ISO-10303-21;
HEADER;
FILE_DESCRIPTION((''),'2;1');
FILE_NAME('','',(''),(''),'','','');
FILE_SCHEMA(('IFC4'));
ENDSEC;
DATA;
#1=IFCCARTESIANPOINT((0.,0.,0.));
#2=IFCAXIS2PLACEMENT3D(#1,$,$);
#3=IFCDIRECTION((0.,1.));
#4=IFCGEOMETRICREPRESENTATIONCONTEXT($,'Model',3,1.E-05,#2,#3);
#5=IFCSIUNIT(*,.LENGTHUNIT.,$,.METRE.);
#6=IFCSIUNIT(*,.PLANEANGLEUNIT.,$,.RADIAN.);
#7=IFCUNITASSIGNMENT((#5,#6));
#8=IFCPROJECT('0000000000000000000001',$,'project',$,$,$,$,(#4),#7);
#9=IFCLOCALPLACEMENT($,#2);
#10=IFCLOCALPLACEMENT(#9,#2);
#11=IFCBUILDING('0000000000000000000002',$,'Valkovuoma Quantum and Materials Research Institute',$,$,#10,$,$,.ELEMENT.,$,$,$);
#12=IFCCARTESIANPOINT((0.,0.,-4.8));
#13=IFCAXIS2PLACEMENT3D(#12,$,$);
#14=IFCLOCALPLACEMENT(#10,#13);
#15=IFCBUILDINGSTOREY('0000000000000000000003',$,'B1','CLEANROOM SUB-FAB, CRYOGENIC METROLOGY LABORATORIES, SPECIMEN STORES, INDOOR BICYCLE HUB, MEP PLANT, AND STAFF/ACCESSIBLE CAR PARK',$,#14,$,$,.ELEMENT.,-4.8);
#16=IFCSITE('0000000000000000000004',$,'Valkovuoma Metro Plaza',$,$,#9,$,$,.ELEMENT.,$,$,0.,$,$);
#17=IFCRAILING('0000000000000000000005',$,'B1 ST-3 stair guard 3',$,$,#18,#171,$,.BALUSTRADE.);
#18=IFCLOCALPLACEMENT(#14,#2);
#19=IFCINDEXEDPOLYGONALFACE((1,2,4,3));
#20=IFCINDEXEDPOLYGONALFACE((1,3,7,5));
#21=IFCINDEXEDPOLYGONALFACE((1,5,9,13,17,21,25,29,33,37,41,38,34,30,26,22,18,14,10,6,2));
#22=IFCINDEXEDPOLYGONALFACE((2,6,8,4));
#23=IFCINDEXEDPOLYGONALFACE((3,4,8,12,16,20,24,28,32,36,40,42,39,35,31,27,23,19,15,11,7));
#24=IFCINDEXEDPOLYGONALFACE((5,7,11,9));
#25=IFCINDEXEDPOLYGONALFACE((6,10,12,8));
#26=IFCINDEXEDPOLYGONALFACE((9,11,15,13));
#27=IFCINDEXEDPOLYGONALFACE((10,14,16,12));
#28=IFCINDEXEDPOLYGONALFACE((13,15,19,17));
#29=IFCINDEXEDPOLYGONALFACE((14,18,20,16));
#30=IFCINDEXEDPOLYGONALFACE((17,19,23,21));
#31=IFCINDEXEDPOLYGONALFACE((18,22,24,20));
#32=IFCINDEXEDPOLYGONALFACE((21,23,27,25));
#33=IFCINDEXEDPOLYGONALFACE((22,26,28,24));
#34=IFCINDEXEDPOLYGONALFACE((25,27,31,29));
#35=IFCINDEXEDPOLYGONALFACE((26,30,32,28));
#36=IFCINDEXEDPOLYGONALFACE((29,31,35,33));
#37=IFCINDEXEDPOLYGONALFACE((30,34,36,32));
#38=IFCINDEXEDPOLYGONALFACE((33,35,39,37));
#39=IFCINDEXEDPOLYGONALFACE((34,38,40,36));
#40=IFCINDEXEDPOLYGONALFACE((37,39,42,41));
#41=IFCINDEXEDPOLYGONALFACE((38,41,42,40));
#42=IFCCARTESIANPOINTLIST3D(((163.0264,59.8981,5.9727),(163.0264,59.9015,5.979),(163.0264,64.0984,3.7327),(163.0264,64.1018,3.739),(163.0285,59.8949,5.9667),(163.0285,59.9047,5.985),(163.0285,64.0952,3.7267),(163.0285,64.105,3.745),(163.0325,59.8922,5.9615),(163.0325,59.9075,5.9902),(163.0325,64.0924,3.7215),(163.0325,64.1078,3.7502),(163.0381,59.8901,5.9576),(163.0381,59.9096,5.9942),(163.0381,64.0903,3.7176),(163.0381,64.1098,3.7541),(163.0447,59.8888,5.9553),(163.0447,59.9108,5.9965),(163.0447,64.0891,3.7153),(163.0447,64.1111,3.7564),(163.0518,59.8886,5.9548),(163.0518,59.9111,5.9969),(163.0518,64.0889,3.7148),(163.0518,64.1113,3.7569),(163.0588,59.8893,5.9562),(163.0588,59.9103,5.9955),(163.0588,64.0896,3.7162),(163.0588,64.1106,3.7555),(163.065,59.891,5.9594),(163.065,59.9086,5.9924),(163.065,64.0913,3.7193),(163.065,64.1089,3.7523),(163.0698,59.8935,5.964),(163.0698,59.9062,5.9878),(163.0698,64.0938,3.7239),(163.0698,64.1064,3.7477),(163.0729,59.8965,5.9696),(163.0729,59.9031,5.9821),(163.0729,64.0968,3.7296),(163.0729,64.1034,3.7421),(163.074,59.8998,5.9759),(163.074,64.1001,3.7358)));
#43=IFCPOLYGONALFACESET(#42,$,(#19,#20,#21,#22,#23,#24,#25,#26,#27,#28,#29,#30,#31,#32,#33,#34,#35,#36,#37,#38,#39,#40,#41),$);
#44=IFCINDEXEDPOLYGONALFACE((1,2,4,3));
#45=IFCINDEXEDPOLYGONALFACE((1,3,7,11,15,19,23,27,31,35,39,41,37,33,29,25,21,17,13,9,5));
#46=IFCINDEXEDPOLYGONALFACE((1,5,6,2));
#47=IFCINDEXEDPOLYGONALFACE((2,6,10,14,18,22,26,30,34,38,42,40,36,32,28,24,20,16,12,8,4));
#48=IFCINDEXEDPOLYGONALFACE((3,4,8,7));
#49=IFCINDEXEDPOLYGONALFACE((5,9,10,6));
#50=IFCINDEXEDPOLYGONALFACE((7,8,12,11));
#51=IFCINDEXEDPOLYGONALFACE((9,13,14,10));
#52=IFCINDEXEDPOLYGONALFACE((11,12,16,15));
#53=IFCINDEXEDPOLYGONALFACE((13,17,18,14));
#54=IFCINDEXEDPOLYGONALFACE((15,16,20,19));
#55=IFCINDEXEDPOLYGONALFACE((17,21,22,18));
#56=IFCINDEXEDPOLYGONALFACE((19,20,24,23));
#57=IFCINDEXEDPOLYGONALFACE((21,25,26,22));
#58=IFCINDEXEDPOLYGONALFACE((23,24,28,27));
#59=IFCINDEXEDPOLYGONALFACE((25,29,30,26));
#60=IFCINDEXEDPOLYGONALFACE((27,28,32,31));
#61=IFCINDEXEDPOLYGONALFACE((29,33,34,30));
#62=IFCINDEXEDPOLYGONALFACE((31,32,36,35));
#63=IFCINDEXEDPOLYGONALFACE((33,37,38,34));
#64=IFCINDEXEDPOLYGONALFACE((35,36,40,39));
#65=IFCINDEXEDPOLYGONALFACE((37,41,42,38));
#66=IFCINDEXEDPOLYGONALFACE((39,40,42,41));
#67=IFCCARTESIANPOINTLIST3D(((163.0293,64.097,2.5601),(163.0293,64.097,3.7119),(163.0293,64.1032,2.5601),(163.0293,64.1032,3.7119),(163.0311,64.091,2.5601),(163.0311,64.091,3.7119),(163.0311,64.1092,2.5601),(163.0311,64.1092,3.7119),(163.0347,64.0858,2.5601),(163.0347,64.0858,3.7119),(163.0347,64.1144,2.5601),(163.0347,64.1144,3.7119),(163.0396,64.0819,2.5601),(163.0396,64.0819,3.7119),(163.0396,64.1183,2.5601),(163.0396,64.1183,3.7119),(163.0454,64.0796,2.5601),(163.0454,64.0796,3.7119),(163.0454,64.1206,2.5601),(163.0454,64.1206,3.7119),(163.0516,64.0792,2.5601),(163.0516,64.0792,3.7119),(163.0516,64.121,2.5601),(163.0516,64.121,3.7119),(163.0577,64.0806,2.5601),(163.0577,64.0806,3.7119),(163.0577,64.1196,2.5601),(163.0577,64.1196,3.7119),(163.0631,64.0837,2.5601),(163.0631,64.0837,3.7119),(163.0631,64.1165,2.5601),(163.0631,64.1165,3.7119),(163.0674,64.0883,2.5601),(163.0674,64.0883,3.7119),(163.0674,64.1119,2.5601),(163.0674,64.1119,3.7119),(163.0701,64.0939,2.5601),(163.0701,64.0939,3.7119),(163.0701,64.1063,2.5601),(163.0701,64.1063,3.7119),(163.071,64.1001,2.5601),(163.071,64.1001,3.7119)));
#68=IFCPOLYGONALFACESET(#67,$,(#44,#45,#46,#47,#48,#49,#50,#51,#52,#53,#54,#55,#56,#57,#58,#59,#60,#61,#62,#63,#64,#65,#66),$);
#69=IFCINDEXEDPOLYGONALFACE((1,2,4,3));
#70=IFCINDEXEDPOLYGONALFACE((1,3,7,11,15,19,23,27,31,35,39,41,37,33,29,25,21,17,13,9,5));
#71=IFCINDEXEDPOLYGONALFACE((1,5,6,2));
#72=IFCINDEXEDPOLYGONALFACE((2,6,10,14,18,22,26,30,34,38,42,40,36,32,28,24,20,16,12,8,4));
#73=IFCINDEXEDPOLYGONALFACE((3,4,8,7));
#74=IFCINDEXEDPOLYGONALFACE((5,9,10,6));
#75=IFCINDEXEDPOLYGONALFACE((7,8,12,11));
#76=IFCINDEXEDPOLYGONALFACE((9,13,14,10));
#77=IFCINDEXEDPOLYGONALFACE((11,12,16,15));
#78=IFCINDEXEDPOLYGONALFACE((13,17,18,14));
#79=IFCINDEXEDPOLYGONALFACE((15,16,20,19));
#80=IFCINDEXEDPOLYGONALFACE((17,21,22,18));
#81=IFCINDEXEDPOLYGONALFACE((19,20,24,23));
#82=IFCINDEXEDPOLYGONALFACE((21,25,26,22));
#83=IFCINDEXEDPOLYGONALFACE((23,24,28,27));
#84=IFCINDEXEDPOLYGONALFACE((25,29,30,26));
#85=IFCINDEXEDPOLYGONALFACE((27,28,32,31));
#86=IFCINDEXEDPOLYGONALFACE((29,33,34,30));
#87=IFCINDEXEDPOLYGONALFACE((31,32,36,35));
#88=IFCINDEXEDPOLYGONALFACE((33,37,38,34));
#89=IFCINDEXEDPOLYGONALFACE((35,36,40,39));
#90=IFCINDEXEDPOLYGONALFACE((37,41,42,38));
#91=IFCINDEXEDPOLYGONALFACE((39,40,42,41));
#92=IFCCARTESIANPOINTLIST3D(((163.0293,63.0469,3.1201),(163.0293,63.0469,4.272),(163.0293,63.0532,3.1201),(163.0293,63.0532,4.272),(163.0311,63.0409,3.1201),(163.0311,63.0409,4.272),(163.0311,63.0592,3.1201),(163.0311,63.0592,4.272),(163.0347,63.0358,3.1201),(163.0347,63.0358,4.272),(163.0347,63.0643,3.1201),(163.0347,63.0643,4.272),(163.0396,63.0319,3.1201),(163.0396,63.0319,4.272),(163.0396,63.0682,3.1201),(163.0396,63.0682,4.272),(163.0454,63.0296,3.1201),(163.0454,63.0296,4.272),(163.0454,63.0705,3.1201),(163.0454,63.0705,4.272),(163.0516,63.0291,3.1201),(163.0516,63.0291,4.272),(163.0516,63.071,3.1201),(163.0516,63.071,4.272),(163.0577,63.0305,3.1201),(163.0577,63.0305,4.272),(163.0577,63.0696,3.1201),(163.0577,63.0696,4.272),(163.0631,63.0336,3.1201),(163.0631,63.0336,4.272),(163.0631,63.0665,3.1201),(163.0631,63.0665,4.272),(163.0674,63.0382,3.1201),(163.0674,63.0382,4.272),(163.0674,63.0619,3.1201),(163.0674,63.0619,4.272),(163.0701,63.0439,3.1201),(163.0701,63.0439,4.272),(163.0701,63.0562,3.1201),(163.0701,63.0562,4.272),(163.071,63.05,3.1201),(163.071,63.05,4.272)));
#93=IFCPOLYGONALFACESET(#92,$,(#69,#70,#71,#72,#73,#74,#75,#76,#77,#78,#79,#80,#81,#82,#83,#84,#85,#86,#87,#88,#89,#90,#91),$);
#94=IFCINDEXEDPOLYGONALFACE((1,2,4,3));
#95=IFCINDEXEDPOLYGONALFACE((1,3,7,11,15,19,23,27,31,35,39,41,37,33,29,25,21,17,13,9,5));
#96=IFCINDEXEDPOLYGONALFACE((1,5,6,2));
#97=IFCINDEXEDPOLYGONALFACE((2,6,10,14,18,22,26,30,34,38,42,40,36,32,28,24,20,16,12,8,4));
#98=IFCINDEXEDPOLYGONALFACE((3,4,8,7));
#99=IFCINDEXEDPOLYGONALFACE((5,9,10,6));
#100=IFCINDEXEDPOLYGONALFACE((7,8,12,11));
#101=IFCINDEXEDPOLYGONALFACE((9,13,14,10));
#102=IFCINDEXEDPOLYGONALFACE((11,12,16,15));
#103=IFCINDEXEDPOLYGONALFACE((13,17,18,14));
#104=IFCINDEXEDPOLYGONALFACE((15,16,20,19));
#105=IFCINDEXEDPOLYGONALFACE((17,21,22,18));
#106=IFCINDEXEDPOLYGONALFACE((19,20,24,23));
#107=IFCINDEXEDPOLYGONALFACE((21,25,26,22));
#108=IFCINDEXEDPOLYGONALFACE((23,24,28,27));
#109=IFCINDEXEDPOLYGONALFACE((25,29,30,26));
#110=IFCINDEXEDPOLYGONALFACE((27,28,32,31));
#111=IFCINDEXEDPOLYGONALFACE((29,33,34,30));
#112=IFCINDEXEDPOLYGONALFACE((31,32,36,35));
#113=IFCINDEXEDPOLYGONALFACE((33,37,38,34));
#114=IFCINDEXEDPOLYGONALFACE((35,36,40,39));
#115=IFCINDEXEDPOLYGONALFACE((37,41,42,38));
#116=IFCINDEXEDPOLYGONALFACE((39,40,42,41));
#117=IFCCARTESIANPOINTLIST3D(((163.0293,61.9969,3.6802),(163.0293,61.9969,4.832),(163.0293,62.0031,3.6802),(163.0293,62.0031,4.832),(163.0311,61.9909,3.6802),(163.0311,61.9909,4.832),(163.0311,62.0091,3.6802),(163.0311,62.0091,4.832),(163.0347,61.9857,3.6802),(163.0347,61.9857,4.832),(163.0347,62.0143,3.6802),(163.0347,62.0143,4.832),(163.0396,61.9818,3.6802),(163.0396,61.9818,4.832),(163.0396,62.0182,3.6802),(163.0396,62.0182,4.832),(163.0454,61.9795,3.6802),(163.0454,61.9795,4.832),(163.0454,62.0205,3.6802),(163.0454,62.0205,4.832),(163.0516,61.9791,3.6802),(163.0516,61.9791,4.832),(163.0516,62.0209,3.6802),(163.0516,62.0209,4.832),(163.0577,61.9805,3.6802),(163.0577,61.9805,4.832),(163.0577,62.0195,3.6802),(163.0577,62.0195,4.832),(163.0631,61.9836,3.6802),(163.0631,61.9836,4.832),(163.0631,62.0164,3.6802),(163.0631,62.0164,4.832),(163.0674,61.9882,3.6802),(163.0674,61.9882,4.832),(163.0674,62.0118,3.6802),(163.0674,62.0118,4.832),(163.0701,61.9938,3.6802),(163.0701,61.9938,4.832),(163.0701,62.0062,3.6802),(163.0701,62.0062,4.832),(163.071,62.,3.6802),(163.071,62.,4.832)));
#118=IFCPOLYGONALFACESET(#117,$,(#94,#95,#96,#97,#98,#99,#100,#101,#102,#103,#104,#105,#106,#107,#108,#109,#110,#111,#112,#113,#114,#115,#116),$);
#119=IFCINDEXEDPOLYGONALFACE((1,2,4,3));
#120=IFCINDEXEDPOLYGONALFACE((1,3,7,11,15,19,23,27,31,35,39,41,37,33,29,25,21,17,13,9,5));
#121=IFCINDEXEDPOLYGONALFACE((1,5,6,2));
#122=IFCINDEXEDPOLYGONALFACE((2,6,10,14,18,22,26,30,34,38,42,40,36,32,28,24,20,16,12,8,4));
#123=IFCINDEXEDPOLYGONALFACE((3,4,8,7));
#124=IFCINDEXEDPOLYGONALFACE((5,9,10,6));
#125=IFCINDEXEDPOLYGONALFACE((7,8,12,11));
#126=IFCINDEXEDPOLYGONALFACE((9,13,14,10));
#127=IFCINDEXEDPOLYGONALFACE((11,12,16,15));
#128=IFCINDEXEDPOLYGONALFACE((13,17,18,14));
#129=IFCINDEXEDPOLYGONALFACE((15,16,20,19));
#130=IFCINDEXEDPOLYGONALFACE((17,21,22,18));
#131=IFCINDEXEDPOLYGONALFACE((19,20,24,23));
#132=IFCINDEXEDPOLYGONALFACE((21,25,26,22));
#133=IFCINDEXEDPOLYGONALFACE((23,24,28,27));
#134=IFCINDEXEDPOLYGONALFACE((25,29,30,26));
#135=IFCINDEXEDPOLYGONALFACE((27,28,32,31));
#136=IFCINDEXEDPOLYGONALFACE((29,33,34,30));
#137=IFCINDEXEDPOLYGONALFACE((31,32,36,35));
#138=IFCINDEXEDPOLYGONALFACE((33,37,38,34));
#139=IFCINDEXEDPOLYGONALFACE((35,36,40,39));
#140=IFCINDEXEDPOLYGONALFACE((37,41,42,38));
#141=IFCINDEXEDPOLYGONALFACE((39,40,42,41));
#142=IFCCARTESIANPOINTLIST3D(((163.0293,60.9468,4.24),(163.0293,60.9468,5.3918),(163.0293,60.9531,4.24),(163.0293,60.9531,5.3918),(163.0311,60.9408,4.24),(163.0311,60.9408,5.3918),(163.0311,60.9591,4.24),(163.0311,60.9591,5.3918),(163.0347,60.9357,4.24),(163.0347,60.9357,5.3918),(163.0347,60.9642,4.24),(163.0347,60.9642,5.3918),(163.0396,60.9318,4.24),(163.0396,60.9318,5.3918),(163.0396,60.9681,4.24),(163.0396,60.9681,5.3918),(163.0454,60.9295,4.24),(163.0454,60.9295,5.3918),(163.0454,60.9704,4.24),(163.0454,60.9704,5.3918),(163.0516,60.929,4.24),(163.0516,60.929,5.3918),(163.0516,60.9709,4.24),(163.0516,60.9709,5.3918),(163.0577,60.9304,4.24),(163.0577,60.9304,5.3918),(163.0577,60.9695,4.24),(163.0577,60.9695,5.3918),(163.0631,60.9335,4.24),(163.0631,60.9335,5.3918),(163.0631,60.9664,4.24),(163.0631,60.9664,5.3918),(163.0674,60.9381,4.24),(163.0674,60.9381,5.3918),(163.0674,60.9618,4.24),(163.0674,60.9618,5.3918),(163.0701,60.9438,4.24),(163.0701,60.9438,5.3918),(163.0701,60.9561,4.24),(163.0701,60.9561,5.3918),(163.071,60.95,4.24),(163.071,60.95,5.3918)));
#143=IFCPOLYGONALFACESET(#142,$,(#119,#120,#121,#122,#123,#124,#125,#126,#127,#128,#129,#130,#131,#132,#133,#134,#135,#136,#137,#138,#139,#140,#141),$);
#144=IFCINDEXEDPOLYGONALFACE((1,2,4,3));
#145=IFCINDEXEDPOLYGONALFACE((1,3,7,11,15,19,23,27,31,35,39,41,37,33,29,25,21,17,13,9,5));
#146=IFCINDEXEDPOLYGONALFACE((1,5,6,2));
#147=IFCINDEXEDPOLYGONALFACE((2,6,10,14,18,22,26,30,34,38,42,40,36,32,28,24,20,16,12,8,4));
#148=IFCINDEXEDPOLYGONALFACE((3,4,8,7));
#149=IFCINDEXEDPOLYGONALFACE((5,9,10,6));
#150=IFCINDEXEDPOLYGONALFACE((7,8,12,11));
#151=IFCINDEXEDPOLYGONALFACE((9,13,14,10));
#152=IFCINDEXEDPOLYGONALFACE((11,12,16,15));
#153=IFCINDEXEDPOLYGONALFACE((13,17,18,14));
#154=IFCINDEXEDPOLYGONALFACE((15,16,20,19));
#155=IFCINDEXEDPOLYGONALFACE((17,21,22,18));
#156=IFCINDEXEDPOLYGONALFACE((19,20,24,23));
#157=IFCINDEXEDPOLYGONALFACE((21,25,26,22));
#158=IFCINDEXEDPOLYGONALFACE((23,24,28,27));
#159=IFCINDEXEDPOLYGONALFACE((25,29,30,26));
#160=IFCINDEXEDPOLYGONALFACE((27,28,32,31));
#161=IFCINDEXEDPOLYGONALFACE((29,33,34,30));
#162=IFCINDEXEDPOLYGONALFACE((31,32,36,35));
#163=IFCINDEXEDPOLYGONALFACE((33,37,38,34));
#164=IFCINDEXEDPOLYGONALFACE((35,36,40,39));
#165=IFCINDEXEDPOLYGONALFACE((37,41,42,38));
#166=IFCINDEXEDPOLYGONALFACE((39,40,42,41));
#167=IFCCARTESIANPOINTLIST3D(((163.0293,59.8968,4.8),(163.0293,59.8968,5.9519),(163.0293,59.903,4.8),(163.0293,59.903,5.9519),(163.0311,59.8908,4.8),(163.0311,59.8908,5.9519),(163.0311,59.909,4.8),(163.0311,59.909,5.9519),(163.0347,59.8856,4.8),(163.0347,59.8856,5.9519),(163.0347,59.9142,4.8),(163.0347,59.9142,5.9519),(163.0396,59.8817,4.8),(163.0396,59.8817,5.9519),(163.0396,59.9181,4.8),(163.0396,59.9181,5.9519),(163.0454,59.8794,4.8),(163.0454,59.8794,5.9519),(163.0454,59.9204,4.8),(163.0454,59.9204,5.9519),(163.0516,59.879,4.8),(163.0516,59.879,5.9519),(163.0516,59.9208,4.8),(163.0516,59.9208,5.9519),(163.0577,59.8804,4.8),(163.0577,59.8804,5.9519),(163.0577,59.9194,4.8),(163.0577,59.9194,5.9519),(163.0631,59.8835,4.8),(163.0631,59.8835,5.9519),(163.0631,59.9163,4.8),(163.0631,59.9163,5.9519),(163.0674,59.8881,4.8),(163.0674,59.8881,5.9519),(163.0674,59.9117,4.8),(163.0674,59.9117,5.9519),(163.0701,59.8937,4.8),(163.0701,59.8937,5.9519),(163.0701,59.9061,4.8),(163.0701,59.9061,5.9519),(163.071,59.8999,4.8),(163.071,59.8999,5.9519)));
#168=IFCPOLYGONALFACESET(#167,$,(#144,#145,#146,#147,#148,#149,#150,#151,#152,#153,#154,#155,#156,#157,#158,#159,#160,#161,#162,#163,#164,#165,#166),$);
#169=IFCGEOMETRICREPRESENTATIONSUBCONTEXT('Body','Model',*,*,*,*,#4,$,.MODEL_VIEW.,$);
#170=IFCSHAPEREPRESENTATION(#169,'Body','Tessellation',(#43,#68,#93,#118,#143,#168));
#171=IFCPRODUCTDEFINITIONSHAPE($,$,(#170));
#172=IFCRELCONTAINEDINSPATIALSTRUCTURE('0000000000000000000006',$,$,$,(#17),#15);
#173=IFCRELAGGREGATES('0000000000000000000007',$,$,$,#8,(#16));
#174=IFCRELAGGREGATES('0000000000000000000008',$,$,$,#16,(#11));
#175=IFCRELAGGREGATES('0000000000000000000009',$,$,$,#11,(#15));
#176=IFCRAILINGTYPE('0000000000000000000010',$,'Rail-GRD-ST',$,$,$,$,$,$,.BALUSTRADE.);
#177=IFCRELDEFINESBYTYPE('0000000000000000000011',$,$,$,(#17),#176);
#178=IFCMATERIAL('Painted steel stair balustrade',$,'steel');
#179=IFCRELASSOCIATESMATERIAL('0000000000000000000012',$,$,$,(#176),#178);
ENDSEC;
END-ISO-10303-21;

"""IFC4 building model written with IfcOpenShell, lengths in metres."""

from ifc_helpers import new_model, si_unit, direction, frame, origin, origin_2d, place, context, subcontext, project, spatial, circle, extrude, material, type_object, element, save


model = new_model("IFC4")

# Units and contexts
model_context = context("Model", 3, precision=1e-05, world=origin(), true_north=direction((0.0, 1.0)))
body_context = subcontext(model_context, "Body", "Model", "MODEL_VIEW")
ifc_project = project(units=[si_unit("LENGTHUNIT", "METRE"), si_unit("PLANEANGLEUNIT", "RADIAN")], contexts=[model_context])

# Site, building, storey
site_placement = place(None, origin())
site = spatial("IfcSite", under=ifc_project, at=site_placement, Name="Valkovuoma Metro Plaza", CompositionType="ELEMENT", RefElevation=0.0)
building_placement = place(site_placement, origin())
building = spatial("IfcBuilding", under=site, at=building_placement, Name="Valkovuoma Quantum and Materials Research Institute", CompositionType="ELEMENT")
storey_placement = place(building_placement, frame((0.0, 0.0, -4.8)))
storey = spatial("IfcBuildingStorey", under=building, at=storey_placement, Name="B1", Description="CLEANROOM SUB-FAB, CRYOGENIC METROLOGY LABORATORIES, SPECIMEN STORES, INDOOR BICYCLE HUB, MEP PLANT, AND STAFF/ACCESSIBLE CAR PARK", CompositionType="ELEMENT", Elevation=-4.8)

# Railing
ifc_material_1 = material(Name="Painted steel stair balustrade", Category="steel")
railing_type_1 = type_object("IfcRailingType", Name="Rail-GRD-ST", PredefinedType="BALUSTRADE", material=ifc_material_1)
railing_1_placement = place(storey_placement, frame((163.05, 64.1001, 2.5601)))
element("IfcRailing", 1, at=railing_1_placement, inside=storey, type_object=railing_type_1, Name="B1 ST-3 stair guard 3", PredefinedType="BALUSTRADE", context=body_context, shape_type="SweptSolid", body=[
    extrude(circle(Radius=0.0239, at=origin_2d()), frame((0.0, 0.0, 1.1758), z_axis=(0.0, -0.882363, 0.47057), x_axis=(1.0, 0.0, 0.0)), (0.0, 0.0, 1.0), 4.7603),
    extrude(circle(Radius=0.021, at=origin_2d()), origin(), (0.0, 0.0, 1.0), 1.1519),
    extrude(circle(Radius=0.021, at=origin_2d()), frame((0.0, -1.05, 0.5601)), (0.0, 0.0, 1.0), 1.1519),
    extrude(circle(Radius=0.021, at=origin_2d()), frame((0.0, -2.1001, 1.1201)), (0.0, 0.0, 1.0), 1.1519),
    extrude(circle(Radius=0.021, at=origin_2d()), frame((0.0, -3.1501, 1.6799)), (0.0, 0.0, 1.0), 1.1519),
    extrude(circle(Radius=0.021, at=origin_2d()), frame((0.0, -4.2002, 2.24)), (0.0, 0.0, 1.0), 1.1519),
])

save(model, "model.ifc")
